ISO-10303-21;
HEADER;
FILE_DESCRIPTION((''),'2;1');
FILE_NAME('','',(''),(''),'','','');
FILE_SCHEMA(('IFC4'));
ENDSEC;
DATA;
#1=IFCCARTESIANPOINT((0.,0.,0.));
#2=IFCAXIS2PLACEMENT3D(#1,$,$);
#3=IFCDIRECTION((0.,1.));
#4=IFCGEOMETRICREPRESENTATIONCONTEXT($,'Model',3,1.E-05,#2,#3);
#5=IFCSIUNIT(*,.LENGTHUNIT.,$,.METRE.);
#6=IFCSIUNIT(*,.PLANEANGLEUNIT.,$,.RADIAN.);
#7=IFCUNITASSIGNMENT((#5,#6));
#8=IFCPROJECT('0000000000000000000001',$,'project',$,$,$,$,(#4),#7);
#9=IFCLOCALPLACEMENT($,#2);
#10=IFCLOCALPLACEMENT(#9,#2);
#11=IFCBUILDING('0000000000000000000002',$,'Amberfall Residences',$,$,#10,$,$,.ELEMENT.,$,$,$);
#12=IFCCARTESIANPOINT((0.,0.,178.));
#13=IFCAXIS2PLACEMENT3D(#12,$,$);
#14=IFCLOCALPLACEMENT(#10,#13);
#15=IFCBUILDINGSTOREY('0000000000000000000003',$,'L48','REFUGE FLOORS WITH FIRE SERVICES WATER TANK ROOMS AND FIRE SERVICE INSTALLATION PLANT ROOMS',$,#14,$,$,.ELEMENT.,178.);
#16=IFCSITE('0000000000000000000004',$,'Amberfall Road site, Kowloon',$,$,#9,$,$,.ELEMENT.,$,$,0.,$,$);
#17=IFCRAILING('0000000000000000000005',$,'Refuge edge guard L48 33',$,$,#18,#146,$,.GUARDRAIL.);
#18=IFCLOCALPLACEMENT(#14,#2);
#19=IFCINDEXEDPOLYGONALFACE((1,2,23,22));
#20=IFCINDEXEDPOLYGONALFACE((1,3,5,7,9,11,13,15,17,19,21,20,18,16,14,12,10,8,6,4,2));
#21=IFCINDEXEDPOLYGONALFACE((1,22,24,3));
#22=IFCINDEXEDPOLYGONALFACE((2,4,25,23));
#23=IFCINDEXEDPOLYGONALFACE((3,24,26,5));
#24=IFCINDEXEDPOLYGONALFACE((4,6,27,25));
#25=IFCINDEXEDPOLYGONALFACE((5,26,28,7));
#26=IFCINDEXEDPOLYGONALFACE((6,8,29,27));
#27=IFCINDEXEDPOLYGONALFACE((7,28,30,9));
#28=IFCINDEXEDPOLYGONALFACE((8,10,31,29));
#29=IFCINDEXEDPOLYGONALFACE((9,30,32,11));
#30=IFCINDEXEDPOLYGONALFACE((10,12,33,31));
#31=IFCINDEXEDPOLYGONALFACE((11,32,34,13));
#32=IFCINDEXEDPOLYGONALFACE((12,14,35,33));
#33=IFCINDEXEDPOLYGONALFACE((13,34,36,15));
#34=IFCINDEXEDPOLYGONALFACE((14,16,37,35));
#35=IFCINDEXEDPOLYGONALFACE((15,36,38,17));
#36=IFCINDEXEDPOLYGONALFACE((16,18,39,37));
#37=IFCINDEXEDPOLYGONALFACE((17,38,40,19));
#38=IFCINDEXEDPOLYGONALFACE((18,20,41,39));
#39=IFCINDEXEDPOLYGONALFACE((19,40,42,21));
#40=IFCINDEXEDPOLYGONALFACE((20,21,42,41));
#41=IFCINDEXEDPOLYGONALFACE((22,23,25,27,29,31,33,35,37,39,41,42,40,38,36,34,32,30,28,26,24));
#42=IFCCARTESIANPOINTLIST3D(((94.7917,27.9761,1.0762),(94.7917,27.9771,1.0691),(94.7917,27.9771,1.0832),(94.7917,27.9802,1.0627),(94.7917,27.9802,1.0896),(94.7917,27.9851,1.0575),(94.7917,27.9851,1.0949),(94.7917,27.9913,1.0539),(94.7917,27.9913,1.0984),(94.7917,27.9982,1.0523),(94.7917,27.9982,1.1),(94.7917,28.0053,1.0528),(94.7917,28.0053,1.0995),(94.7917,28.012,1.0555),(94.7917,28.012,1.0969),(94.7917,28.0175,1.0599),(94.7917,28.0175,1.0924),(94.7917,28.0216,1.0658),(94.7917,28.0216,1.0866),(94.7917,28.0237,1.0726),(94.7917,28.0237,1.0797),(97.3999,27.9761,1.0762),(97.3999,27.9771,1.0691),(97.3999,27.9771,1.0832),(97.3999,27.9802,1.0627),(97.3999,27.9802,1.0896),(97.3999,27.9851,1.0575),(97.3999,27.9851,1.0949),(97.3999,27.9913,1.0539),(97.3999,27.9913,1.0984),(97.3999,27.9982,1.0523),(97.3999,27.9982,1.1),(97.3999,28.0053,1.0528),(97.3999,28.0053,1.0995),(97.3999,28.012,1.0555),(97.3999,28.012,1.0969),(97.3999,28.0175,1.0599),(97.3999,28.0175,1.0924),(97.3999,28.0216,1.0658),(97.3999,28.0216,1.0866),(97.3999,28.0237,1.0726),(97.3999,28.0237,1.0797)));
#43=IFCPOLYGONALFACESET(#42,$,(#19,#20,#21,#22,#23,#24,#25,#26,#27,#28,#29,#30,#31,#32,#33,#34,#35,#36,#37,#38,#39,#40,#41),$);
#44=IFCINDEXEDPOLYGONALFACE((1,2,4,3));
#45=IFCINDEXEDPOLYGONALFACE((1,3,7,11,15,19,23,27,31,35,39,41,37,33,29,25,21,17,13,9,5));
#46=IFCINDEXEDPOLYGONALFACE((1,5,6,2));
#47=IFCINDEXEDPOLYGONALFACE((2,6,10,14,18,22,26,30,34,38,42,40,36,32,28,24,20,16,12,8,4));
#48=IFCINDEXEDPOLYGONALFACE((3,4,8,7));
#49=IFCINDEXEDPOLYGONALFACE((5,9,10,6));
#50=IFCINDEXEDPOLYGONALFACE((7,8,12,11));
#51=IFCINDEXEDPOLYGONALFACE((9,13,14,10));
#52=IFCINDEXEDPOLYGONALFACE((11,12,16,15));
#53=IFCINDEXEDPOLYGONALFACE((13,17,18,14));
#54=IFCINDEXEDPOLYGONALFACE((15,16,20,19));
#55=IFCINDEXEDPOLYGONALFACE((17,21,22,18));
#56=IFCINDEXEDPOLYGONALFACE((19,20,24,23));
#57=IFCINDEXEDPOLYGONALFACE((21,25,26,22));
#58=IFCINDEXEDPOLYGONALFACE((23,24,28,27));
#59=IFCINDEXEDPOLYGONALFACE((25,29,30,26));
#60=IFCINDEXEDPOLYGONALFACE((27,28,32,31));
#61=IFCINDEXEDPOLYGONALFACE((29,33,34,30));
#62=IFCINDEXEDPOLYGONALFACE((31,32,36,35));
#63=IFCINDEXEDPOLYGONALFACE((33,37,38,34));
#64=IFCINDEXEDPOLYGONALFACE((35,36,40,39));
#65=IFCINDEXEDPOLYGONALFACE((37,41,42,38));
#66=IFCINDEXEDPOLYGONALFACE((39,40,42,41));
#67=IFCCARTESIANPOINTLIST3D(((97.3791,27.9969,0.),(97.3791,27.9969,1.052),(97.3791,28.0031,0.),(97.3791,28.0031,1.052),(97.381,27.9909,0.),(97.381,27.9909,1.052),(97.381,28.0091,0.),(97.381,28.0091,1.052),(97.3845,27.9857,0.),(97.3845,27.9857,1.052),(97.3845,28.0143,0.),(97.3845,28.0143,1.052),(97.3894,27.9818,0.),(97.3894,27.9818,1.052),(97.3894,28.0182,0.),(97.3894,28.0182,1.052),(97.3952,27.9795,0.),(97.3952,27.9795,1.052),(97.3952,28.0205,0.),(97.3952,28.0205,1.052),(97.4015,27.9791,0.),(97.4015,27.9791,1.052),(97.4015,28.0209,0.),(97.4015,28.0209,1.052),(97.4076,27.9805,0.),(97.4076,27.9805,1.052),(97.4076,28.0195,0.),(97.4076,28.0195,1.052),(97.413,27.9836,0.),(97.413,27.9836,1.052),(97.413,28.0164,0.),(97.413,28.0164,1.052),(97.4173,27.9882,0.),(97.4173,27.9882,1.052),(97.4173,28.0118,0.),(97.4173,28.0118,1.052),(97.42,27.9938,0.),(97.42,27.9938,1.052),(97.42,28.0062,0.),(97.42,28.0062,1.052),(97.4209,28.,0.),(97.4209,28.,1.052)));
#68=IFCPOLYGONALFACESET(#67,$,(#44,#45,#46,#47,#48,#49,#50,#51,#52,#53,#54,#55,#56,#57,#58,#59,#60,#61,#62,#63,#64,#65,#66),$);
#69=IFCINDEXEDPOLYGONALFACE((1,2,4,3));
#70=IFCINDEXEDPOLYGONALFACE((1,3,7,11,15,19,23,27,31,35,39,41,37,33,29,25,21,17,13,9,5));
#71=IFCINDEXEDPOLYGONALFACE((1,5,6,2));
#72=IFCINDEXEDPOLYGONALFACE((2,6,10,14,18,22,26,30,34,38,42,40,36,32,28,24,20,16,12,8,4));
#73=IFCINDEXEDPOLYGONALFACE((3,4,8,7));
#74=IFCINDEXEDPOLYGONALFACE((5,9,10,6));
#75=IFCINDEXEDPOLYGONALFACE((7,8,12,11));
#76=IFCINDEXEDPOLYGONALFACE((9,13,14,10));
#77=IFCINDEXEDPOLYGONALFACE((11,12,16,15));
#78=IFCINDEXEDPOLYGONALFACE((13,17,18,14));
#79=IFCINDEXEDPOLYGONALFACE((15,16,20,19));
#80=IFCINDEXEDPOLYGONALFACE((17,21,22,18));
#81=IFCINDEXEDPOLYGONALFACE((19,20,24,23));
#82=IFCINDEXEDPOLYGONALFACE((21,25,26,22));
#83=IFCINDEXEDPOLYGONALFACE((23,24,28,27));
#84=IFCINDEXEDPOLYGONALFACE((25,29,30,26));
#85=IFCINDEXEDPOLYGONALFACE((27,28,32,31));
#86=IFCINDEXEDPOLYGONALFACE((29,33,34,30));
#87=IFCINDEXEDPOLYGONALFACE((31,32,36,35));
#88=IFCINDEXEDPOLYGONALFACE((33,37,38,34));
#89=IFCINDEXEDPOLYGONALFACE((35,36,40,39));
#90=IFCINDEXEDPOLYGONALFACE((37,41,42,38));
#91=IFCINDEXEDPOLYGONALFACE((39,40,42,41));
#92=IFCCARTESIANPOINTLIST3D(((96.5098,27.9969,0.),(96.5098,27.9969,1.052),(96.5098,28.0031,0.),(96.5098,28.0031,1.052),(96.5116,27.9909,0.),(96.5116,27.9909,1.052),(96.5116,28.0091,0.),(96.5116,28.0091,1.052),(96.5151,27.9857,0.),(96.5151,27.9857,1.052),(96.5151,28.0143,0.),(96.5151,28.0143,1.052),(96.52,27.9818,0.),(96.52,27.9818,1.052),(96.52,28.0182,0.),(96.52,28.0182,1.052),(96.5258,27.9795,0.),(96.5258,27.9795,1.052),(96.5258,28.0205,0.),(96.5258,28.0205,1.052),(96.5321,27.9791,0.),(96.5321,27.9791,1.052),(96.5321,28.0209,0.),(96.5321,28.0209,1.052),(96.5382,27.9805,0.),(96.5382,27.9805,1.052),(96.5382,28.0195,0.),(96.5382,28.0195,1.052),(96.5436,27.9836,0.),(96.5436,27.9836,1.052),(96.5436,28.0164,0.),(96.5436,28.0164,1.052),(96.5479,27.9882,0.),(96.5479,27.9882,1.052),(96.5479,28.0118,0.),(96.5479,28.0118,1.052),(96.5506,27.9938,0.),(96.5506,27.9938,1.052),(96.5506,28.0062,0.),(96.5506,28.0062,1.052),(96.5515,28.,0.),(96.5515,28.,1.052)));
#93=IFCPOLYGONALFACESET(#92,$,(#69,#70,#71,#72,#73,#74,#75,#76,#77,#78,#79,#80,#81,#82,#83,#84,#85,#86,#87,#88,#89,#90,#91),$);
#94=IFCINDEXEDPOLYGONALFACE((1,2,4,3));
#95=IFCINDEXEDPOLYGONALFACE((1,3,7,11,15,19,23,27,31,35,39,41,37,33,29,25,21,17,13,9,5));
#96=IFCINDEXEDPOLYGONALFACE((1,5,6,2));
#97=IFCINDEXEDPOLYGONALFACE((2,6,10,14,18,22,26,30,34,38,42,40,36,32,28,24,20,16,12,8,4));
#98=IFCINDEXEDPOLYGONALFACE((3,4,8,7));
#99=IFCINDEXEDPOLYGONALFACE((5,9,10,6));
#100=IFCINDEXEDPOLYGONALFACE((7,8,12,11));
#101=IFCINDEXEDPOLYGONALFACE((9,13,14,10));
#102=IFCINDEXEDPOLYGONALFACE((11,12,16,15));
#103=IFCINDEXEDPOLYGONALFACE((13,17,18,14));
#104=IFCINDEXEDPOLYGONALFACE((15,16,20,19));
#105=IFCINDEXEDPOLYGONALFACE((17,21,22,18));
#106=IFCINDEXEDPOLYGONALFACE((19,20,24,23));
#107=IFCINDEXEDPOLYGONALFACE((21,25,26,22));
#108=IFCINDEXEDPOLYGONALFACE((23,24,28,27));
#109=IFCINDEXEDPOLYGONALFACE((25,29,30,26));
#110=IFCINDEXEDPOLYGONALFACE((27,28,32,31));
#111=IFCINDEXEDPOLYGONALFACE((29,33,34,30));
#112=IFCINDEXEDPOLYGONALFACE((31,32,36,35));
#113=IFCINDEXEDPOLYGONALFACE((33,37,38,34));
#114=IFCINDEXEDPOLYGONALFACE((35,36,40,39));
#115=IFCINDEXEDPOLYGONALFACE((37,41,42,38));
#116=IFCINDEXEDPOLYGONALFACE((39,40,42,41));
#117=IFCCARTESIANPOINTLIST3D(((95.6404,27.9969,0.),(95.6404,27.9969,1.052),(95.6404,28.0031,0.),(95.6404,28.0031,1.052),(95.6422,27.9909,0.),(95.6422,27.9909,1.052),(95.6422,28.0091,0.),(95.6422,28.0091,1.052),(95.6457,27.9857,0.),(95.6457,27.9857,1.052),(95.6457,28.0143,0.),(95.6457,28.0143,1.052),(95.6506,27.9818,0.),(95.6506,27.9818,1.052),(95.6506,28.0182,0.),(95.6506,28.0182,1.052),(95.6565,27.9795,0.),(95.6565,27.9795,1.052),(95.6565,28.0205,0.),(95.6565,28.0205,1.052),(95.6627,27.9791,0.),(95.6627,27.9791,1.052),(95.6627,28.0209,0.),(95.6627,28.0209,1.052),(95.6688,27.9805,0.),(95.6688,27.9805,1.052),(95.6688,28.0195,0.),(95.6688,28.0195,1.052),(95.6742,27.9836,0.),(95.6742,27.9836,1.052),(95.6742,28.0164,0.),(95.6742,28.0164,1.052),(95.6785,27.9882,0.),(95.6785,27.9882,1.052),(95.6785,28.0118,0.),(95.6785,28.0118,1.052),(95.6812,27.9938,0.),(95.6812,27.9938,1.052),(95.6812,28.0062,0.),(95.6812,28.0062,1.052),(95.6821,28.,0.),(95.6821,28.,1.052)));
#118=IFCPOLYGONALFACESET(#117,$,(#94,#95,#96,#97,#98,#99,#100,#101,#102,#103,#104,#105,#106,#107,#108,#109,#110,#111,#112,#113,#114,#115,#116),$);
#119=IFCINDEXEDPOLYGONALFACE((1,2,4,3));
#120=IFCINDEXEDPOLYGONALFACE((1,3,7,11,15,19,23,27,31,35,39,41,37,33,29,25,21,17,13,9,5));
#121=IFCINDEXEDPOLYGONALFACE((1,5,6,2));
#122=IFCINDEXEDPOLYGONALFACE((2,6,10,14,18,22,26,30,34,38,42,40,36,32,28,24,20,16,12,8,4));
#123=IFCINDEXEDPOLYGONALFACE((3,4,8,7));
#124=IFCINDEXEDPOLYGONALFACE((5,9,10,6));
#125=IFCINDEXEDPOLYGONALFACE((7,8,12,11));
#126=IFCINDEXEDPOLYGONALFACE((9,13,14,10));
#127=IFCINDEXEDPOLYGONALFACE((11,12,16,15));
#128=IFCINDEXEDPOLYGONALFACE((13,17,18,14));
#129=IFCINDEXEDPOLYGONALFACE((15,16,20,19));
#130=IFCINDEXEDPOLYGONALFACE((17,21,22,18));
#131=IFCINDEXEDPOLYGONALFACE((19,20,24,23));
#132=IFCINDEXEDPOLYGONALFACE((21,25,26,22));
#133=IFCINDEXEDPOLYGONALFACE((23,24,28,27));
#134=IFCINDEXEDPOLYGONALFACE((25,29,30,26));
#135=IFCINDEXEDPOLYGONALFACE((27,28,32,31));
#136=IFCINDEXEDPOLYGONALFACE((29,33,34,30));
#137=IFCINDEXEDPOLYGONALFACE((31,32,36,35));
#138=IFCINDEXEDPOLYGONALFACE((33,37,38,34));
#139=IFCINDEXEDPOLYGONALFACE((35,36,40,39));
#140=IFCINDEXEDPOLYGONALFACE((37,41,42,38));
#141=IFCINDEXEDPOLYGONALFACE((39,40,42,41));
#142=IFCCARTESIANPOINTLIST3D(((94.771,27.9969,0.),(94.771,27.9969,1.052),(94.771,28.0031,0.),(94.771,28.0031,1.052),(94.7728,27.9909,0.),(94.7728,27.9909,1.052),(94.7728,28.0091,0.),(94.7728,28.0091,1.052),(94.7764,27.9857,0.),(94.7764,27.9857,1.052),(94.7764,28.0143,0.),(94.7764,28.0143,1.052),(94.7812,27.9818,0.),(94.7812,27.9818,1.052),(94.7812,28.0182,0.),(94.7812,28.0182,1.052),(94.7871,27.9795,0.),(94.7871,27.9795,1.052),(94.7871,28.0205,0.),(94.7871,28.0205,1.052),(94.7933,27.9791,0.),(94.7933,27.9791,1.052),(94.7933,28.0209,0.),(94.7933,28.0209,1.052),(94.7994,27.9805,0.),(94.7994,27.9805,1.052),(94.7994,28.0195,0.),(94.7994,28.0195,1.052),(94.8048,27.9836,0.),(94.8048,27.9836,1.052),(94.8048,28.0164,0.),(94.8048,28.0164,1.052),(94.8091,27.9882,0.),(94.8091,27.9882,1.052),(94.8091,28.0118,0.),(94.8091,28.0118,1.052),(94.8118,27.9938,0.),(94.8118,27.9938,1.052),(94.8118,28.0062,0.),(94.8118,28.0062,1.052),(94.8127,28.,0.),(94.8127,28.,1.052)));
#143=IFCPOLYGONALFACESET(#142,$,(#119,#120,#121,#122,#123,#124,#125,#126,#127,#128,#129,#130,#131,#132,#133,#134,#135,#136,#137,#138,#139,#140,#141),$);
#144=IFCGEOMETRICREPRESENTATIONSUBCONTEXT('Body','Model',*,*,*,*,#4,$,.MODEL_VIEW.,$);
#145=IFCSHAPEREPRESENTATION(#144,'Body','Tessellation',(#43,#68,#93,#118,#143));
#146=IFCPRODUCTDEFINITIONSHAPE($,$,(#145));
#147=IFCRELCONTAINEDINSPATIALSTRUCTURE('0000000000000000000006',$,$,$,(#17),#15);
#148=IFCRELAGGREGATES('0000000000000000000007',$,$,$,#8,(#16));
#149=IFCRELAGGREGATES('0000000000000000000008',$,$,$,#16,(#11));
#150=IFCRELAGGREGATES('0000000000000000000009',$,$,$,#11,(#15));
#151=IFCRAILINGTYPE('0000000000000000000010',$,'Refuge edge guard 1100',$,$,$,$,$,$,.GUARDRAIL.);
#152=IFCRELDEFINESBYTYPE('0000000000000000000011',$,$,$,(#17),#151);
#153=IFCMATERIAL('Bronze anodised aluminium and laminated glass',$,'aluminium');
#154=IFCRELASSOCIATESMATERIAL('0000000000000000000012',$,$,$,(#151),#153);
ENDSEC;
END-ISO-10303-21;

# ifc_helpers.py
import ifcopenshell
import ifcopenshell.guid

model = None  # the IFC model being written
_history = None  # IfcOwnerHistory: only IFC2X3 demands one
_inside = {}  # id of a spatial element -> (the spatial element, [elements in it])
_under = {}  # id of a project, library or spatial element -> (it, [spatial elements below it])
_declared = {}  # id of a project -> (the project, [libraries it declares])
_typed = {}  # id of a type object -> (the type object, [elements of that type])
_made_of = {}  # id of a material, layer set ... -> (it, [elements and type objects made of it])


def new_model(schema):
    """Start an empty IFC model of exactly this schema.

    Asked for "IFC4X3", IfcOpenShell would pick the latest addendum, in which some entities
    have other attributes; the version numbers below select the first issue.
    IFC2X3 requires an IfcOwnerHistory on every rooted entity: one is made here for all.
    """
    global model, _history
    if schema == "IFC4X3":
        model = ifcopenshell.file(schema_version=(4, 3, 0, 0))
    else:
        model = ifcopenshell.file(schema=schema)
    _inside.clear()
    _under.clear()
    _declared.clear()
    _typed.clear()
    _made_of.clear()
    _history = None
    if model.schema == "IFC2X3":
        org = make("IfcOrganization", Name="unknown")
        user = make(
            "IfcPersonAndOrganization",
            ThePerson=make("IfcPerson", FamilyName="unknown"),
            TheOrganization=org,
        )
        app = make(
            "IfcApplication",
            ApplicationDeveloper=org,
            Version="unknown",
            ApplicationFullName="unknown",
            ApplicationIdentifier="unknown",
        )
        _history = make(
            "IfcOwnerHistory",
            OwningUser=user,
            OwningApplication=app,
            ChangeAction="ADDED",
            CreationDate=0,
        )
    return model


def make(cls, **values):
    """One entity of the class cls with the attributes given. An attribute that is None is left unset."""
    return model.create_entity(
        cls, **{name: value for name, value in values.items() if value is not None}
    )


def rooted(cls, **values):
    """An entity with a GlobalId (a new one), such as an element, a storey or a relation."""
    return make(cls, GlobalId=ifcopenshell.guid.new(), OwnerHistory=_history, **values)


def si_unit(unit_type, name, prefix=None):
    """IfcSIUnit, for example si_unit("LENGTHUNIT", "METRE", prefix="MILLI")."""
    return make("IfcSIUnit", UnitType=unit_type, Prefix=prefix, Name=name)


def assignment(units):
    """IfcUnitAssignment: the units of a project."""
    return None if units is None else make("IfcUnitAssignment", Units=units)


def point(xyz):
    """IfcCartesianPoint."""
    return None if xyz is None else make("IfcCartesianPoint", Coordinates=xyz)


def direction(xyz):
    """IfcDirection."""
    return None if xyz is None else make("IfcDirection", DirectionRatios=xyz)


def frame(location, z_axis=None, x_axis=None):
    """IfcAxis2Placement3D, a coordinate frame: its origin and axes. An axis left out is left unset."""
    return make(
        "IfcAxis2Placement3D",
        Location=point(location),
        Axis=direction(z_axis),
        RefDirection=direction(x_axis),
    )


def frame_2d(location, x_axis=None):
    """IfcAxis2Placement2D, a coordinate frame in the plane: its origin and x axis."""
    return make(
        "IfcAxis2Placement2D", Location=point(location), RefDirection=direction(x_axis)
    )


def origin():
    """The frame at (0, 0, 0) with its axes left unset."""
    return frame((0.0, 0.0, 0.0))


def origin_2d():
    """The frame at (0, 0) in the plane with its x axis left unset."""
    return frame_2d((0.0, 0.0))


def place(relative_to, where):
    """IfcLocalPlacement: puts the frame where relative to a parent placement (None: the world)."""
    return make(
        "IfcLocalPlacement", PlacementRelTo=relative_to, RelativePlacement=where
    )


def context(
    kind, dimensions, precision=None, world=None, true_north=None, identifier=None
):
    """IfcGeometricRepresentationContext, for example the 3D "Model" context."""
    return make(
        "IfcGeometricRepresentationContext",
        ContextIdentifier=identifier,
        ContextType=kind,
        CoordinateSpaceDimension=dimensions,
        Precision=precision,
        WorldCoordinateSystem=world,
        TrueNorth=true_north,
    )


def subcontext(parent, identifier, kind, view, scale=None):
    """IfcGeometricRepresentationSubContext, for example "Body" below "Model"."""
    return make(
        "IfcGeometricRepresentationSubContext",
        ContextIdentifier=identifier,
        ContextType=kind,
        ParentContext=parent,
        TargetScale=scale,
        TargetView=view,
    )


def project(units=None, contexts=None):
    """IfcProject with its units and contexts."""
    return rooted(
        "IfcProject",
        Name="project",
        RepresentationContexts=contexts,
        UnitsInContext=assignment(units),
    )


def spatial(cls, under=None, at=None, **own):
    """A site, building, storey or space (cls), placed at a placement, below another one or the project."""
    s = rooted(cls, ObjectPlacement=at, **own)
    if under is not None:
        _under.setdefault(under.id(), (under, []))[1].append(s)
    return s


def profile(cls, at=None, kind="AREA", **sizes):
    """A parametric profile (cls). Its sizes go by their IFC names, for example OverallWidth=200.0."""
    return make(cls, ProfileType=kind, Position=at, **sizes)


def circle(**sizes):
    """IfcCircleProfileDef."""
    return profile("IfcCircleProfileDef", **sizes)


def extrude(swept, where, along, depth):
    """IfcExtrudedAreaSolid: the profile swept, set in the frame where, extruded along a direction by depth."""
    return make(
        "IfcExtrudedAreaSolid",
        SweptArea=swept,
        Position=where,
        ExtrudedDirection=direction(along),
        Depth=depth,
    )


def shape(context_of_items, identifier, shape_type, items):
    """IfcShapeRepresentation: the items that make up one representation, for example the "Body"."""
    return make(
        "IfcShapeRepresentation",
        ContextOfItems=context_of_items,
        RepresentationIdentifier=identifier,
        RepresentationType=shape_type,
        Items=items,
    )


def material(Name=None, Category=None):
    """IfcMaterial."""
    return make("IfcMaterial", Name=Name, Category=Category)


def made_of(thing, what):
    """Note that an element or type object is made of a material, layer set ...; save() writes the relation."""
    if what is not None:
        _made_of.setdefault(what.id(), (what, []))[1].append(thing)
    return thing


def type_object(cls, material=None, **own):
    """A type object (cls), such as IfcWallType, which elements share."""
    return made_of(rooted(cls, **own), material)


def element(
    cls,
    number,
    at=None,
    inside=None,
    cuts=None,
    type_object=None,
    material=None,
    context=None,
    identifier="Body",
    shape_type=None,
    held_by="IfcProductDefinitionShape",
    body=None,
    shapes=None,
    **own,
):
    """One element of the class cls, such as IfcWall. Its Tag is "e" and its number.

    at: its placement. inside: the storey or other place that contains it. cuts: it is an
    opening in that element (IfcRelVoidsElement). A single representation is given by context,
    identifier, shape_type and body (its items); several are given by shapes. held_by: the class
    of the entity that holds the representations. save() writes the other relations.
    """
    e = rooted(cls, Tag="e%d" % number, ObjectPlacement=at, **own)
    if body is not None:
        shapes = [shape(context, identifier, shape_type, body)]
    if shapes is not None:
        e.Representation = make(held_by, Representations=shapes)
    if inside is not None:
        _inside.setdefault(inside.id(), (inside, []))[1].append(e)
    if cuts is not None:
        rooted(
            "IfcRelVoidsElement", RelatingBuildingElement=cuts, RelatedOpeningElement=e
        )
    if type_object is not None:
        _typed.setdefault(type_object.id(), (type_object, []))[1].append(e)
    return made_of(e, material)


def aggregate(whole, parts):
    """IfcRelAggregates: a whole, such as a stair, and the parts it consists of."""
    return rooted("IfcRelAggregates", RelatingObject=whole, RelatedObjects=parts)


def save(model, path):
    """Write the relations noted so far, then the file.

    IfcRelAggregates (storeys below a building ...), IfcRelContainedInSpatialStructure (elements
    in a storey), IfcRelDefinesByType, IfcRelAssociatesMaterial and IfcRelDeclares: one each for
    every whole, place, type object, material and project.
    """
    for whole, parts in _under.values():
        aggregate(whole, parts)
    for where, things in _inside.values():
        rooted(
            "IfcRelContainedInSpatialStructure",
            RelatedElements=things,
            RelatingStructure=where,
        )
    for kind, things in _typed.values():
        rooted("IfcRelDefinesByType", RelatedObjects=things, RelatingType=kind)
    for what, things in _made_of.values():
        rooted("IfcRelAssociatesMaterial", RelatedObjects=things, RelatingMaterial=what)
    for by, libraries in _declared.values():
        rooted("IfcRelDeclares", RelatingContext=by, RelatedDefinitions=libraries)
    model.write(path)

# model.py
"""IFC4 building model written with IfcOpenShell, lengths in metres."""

from ifc_helpers import new_model, si_unit, direction, frame, origin, origin_2d, place, context, subcontext, project, spatial, circle, extrude, material, type_object, element, save


model = new_model("IFC4")

# Units and contexts
model_context = context("Model", 3, precision=1e-05, world=origin(), true_north=direction((0.0, 1.0)))
body_context = subcontext(model_context, "Body", "Model", "MODEL_VIEW")
ifc_project = project(units=[si_unit("LENGTHUNIT", "METRE"), si_unit("PLANEANGLEUNIT", "RADIAN")], contexts=[model_context])

# Site, building, storey
site_placement = place(None, origin())
site = spatial("IfcSite", under=ifc_project, at=site_placement, Name="Amberfall Road site, Kowloon", CompositionType="ELEMENT", RefElevation=0.0)
building_placement = place(site_placement, origin())
building = spatial("IfcBuilding", under=site, at=building_placement, Name="Amberfall Residences", CompositionType="ELEMENT")
storey_placement = place(building_placement, frame((0.0, 0.0, 178.0)))
storey = spatial("IfcBuildingStorey", under=building, at=storey_placement, Name="L48", Description="REFUGE FLOORS WITH FIRE SERVICES WATER TANK ROOMS AND FIRE SERVICE INSTALLATION PLANT ROOMS", CompositionType="ELEMENT", Elevation=178.0)

# Railing
ifc_material_1 = material(Name="Bronze anodised aluminium and laminated glass", Category="aluminium")
railing_type = type_object("IfcRailingType", Name="Refuge edge guard 1100", PredefinedType="GUARDRAIL", material=ifc_material_1)
railing_1_placement = place(storey_placement, frame((97.3999, 28.0, 0.0)))
element("IfcRailing", 1, at=railing_1_placement, inside=storey, type_object=railing_type, Name="Refuge edge guard L48 33", PredefinedType="GUARDRAIL", context=body_context, shape_type="SweptSolid", body=[
    extrude(circle(Radius=0.0239, at=origin_2d()), frame((0.0, 0.0, 1.0762), z_axis=(-1.0, 0.0, 0.0), x_axis=(0.0, -1.0, 0.0)), (0.0, 0.0, 1.0), 2.6082),
    extrude(circle(Radius=0.021, at=origin_2d()), origin(), (0.0, 0.0, 1.0), 1.052),
    extrude(circle(Radius=0.021, at=origin_2d()), frame((-0.8694, 0.0, 0.0)), (0.0, 0.0, 1.0), 1.052),
    extrude(circle(Radius=0.021, at=origin_2d()), frame((-1.7388, 0.0, 0.0)), (0.0, 0.0, 1.0), 1.052),
    extrude(circle(Radius=0.021, at=origin_2d()), frame((-2.6082, 0.0, 0.0)), (0.0, 0.0, 1.0), 1.052),
])

save(model, "model.ifc")
